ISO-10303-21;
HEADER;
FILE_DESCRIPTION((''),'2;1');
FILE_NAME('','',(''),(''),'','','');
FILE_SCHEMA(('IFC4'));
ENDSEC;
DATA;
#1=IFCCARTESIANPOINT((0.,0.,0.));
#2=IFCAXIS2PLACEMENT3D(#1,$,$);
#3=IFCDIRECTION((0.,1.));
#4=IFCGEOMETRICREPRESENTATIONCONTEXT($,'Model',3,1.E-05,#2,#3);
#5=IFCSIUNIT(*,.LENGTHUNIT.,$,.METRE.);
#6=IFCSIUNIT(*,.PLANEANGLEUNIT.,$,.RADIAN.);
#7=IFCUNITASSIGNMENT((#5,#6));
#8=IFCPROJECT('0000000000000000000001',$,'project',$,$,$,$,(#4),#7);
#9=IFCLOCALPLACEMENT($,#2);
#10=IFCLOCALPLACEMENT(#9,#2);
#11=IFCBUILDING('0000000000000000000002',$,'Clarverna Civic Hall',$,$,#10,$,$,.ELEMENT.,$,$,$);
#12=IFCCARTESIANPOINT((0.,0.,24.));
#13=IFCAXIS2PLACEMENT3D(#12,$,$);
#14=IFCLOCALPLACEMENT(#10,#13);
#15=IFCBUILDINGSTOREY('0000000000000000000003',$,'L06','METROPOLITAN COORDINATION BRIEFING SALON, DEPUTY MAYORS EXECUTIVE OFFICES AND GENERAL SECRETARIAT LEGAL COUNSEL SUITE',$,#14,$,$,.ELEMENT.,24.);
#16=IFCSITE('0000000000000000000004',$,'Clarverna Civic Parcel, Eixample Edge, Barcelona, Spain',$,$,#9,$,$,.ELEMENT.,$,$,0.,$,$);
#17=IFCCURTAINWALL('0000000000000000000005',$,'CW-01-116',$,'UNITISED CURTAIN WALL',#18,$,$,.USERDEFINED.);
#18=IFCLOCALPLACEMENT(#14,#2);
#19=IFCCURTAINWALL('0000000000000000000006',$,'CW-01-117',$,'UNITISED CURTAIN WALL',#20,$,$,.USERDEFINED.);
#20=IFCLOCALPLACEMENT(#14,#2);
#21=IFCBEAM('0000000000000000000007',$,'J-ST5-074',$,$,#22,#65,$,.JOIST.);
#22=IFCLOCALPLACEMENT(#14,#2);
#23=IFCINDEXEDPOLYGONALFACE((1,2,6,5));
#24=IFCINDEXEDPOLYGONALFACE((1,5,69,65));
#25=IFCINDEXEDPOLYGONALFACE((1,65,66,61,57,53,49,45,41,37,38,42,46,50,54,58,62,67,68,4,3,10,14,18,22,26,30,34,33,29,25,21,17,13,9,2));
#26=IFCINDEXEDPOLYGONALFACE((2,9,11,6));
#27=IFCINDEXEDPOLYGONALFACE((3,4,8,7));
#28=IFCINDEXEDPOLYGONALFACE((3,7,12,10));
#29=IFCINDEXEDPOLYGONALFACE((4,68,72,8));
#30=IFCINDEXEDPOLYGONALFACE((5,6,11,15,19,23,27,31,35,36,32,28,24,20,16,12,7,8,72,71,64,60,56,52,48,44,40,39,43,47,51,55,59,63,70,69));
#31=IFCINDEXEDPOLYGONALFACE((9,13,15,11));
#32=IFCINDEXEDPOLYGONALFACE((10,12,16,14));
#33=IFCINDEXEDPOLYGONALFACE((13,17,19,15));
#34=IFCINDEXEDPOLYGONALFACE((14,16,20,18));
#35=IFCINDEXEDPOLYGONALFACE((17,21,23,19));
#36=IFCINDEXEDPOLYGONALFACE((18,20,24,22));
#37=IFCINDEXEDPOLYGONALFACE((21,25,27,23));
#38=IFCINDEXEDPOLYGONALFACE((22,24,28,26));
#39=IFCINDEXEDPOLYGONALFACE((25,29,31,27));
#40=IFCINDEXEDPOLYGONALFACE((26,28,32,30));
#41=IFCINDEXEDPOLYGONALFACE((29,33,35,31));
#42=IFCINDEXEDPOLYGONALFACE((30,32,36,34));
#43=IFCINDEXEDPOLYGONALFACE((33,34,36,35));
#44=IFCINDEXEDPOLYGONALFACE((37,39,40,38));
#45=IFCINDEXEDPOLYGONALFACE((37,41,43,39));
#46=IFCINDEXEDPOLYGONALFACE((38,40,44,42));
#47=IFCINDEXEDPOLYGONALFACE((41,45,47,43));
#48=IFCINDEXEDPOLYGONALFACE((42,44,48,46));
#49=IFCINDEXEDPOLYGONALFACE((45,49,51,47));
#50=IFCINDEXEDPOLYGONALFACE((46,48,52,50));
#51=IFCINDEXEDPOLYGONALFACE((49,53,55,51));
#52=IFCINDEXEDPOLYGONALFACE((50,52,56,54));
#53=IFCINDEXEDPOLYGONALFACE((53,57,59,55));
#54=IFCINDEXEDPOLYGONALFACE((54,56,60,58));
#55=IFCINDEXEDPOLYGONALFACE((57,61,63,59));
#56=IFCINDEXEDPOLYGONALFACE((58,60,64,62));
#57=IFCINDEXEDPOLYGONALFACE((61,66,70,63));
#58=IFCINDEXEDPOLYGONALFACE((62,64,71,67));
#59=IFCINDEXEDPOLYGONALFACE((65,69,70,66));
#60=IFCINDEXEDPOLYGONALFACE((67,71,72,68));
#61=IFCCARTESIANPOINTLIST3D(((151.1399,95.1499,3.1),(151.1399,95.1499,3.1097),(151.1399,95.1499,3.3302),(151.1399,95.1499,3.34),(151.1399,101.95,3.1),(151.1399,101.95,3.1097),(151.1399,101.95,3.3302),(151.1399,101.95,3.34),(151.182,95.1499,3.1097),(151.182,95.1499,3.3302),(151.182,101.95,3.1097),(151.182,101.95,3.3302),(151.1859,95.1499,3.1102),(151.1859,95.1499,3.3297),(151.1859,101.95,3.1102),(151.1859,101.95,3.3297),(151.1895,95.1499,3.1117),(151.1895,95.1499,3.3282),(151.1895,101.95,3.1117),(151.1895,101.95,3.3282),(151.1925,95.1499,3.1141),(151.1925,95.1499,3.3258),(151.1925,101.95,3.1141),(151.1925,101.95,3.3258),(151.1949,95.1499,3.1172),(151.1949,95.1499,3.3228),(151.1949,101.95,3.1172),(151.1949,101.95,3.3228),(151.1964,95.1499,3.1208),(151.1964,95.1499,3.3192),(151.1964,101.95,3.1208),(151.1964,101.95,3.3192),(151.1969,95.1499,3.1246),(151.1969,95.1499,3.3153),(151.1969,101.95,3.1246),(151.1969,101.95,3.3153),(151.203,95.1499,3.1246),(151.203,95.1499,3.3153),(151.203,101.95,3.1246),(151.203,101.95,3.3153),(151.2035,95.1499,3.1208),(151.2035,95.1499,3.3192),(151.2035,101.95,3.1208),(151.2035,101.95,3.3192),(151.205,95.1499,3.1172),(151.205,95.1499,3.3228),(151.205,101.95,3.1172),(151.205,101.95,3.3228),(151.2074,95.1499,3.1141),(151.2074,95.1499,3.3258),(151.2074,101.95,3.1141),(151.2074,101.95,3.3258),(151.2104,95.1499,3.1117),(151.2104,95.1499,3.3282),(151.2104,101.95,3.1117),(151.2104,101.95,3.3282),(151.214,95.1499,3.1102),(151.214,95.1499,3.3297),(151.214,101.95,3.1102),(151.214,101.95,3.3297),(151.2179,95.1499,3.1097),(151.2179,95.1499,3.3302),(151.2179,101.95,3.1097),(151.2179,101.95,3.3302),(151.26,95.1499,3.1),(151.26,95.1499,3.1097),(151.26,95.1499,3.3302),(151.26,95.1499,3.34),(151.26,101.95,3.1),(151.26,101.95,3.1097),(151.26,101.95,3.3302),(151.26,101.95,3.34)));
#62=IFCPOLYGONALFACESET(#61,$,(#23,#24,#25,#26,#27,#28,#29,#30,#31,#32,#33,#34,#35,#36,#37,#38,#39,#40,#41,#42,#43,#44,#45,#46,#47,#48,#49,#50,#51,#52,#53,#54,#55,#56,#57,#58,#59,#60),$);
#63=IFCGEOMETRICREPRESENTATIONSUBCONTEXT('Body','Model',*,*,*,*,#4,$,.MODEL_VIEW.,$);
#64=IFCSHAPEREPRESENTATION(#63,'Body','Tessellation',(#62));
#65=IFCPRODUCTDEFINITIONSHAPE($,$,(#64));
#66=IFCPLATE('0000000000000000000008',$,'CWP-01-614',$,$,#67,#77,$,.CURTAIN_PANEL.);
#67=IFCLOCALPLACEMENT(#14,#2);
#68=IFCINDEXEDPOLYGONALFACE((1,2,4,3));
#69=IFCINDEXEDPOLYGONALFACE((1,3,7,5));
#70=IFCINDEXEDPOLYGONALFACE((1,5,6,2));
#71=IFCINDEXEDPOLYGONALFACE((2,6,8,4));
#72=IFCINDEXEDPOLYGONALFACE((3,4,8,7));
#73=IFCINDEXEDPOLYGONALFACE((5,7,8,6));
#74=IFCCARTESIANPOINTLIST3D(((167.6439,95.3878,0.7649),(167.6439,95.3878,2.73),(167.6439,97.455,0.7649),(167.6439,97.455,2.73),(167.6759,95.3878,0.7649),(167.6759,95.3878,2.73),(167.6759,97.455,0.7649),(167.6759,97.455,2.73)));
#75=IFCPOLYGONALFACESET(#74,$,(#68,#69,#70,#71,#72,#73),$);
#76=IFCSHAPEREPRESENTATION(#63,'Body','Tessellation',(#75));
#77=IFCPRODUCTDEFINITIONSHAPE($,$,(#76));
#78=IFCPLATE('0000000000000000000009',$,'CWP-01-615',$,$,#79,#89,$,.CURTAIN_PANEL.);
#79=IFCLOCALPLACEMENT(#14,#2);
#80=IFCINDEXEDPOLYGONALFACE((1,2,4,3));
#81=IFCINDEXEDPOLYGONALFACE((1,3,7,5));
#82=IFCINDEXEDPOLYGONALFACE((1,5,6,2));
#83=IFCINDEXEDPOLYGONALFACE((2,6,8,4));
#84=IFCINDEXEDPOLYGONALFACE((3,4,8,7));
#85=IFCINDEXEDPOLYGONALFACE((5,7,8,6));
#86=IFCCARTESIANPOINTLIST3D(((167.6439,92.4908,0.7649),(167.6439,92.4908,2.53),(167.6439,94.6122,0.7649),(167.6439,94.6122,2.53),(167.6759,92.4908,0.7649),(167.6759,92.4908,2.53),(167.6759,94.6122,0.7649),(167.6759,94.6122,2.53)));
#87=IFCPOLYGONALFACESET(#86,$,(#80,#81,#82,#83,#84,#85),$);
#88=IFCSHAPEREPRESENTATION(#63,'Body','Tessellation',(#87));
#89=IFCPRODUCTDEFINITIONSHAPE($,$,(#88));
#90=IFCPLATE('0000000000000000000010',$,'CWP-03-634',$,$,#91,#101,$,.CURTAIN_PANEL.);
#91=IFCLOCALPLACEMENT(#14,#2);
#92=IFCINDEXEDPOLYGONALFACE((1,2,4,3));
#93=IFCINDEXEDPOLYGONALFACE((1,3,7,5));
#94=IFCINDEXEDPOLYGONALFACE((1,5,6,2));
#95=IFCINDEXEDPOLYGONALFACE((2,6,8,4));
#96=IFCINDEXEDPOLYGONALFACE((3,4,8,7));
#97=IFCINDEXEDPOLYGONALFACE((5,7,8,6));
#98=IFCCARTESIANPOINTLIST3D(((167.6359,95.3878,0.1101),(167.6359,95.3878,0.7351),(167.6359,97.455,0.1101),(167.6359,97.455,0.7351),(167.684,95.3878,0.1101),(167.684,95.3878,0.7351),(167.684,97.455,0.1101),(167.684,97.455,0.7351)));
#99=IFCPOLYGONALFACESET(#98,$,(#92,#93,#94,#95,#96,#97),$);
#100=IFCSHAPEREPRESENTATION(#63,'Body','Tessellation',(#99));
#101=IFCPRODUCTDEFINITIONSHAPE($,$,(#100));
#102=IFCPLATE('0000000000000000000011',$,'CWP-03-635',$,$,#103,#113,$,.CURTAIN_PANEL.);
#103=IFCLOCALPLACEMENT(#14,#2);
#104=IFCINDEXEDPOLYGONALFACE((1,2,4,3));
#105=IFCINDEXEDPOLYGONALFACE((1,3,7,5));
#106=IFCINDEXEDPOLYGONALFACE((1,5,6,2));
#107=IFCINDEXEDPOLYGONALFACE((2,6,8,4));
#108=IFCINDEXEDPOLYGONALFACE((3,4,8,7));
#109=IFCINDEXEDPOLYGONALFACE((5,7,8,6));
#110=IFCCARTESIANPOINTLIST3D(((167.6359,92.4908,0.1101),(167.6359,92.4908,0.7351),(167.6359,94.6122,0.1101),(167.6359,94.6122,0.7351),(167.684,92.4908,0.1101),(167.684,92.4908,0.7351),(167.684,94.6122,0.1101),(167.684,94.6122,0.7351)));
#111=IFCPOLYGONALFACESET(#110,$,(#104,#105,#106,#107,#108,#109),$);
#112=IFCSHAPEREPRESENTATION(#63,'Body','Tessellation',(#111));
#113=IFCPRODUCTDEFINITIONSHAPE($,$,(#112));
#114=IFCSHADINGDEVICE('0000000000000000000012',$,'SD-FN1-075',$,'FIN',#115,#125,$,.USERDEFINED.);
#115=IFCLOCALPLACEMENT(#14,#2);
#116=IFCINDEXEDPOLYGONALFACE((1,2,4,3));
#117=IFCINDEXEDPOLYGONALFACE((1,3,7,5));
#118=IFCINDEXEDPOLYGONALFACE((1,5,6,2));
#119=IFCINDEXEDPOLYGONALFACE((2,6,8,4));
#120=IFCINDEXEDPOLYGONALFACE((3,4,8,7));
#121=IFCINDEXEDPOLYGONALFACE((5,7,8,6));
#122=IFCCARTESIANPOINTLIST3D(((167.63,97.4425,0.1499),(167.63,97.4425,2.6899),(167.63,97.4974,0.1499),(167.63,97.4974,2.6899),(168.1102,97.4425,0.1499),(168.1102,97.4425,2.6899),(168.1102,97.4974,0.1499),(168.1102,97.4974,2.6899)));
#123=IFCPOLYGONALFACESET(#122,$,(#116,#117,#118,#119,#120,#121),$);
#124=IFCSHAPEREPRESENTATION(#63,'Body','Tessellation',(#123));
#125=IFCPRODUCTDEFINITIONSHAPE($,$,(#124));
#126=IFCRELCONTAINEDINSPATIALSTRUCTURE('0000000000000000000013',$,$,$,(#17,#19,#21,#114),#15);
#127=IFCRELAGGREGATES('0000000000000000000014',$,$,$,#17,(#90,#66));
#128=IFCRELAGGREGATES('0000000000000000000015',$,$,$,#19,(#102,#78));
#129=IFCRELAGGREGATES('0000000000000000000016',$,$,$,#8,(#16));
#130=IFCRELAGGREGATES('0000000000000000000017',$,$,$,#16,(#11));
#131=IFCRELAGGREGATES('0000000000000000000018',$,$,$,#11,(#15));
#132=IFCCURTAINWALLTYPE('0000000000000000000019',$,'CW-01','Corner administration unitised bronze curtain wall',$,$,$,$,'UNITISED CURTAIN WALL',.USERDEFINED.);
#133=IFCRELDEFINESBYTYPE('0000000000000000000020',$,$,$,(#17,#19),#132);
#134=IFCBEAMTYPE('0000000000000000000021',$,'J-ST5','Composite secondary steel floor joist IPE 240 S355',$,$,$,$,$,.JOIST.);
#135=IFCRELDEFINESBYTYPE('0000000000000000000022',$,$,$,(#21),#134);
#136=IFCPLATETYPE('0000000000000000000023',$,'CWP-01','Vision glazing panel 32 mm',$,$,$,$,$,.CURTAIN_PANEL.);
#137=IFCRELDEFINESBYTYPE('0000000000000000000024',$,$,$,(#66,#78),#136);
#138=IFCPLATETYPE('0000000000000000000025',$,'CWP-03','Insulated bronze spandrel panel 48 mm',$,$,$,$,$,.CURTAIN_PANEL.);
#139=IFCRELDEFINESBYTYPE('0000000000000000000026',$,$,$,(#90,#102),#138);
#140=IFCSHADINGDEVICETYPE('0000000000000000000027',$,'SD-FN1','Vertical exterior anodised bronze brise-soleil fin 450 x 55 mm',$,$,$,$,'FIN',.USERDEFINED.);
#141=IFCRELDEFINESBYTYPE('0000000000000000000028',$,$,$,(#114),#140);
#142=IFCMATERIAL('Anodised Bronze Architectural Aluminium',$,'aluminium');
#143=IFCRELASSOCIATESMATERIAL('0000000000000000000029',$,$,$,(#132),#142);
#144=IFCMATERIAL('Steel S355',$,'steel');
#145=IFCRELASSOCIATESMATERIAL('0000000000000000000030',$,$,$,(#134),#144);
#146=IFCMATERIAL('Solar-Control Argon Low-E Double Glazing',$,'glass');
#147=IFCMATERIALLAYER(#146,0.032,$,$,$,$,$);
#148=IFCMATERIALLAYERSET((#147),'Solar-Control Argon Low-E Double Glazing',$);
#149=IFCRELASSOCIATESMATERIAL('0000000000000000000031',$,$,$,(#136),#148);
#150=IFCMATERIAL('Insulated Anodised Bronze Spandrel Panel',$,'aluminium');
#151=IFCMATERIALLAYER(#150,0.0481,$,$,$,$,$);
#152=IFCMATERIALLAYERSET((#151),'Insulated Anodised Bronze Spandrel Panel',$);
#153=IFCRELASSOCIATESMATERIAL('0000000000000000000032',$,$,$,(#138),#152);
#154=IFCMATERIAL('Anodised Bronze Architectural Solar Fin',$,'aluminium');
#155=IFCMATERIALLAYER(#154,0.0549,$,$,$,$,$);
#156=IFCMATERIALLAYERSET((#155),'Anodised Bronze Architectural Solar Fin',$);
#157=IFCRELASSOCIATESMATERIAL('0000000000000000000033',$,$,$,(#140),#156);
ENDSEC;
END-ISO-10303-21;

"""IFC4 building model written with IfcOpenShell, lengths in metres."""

from ifc_helpers import new_model, si_unit, direction, frame, frame_2d, origin, origin_2d, place, context, subcontext, project, spatial, rectangle, i_section, extrude, material, layer, layer_set, material_profile, profile_set, type_object, element, aggregate, save


model = new_model("IFC4")

# Units and contexts
model_context = context("Model", 3, precision=1e-05, world=origin(), true_north=direction((0.0, 1.0)))
body_context = subcontext(model_context, "Body", "Model", "MODEL_VIEW")
ifc_project = project(units=[si_unit("LENGTHUNIT", "METRE"), si_unit("PLANEANGLEUNIT", "RADIAN")], contexts=[model_context])

# Site, building, storey
site_placement = place(None, origin())
site = spatial("IfcSite", under=ifc_project, at=site_placement, Name="Clarverna Civic Parcel, Eixample Edge, Barcelona, Spain", CompositionType="ELEMENT", RefElevation=0.0)
building_placement = place(site_placement, origin())
building = spatial("IfcBuilding", under=site, at=building_placement, Name="Clarverna Civic Hall", CompositionType="ELEMENT")
storey_placement = place(building_placement, frame((0.0, 0.0, 24.0)))
storey = spatial("IfcBuildingStorey", under=building, at=storey_placement, Name="L06", Description="METROPOLITAN COORDINATION BRIEFING SALON, DEPUTY MAYORS EXECUTIVE OFFICES AND GENERAL SECRETARIAT LEGAL COUNSEL SUITE", CompositionType="ELEMENT", Elevation=24.0)

# Shared definitions
ifc_material_1 = material(Name="Steel S355", Category="steel")

# Curtain walls
ifc_material_2 = material(Name="Anodised Bronze Architectural Aluminium", Category="aluminium")
curtain_wall_type = type_object("IfcCurtainWallType", Name="CW-01", Description="Corner administration unitised bronze curtain wall", ElementType="UNITISED CURTAIN WALL", PredefinedType="USERDEFINED", material=ifc_material_2)
curtain_wall_1_placement = place(storey_placement, origin())
curtain_wall_1 = element("IfcCurtainWall", 1, at=curtain_wall_1_placement, inside=storey, type_object=curtain_wall_type, Name="CW-01-116", ObjectType="UNITISED CURTAIN WALL", PredefinedType="USERDEFINED")
curtain_wall_2_placement = place(storey_placement, origin())
curtain_wall_2 = element("IfcCurtainWall", 2, at=curtain_wall_2_placement, inside=storey, type_object=curtain_wall_type, Name="CW-01-117", ObjectType="UNITISED CURTAIN WALL", PredefinedType="USERDEFINED")

# Beam
ifc_material_profile_1 = material_profile(ifc_material_1, i_section(OverallWidth=0.1201, OverallDepth=0.24, WebThickness=0.0061, FlangeThickness=0.0098, FilletRadius=0.0149, at=origin_2d()), Name="IPE 240")
ifc_profile_set_1 = profile_set([ifc_material_profile_1], Name="Steel S355")
beam_type_1 = type_object("IfcBeamType", Name="J-ST5", Description="Composite secondary steel floor joist IPE 240 S355", PredefinedType="JOIST", material=ifc_profile_set_1)
beam_1_placement = place(storey_placement, frame((151.2, 95.1499, 3.22), z_axis=(0.0, 1.0, 0.0), x_axis=(-1.0, 0.0, 0.0)))
element("IfcBeam", 3, at=beam_1_placement, inside=storey, type_object=beam_type_1, Name="J-ST5-074", PredefinedType="JOIST", context=body_context, shape_type="SweptSolid", body=[
    extrude(i_section(OverallWidth=0.1201, OverallDepth=0.24, WebThickness=0.0061, FlangeThickness=0.0098, FilletRadius=0.0149, at=origin_2d()), origin(), (0.0, 0.0, 1.0), 6.8),
])

# Plates
ifc_material_3 = material(Name="Solar-Control Argon Low-E Double Glazing", Category="glass")
ifc_layer_1 = layer(ifc_material_3, 0.032)
ifc_layer_set_1 = layer_set([ifc_layer_1], Name="Solar-Control Argon Low-E Double Glazing")
plate_type_1 = type_object("IfcPlateType", Name="CWP-01", Description="Vision glazing panel 32 mm", PredefinedType="CURTAIN_PANEL", material=ifc_layer_set_1)
plate_1_placement = place(storey_placement, frame((167.6599, 97.4551, 0.7649), z_axis=(0.0, 0.0, 1.0), x_axis=(0.0, -1.0, 0.0)))
plate_1 = element("IfcPlate", 4, at=plate_1_placement, type_object=plate_type_1, Name="CWP-01-614", PredefinedType="CURTAIN_PANEL", context=body_context, shape_type="SweptSolid", body=[
    extrude(rectangle(XDim=2.0671, YDim=0.032, at=frame_2d((1.0337, 0.0))), origin(), (0.0, 0.0, 1.0), 1.9651),
])
plate_2_placement = place(storey_placement, frame((167.6599, 94.6121, 0.7649), z_axis=(0.0, 0.0, 1.0), x_axis=(0.0, -1.0, 0.0)))
plate_2 = element("IfcPlate", 5, at=plate_2_placement, type_object=plate_type_1, Name="CWP-01-615", PredefinedType="CURTAIN_PANEL", context=body_context, shape_type="SweptSolid", body=[
    extrude(rectangle(XDim=2.1213, YDim=0.032, at=frame_2d((1.0605, 0.0))), origin(), (0.0, 0.0, 1.0), 1.7651),
])
ifc_material_4 = material(Name="Insulated Anodised Bronze Spandrel Panel", Category="aluminium")
ifc_layer_2 = layer(ifc_material_4, 0.0481)
ifc_layer_set_2 = layer_set([ifc_layer_2], Name="Insulated Anodised Bronze Spandrel Panel")
plate_type_2 = type_object("IfcPlateType", Name="CWP-03", Description="Insulated bronze spandrel panel 48 mm", PredefinedType="CURTAIN_PANEL", material=ifc_layer_set_2)
plate_3_placement = place(storey_placement, frame((167.6599, 97.4551, 0.1101), z_axis=(0.0, 0.0, 1.0), x_axis=(0.0, -1.0, 0.0)))
plate_3 = element("IfcPlate", 6, at=plate_3_placement, type_object=plate_type_2, Name="CWP-03-634", PredefinedType="CURTAIN_PANEL", context=body_context, shape_type="SweptSolid", body=[
    extrude(rectangle(XDim=2.0671, YDim=0.0481, at=frame_2d((1.0337, 0.0))), origin(), (0.0, 0.0, 1.0), 0.625),
])
aggregate(curtain_wall_1, [plate_3, plate_1])
plate_4_placement = place(storey_placement, frame((167.6599, 94.6121, 0.1101), z_axis=(0.0, 0.0, 1.0), x_axis=(0.0, -1.0, 0.0)))
plate_4 = element("IfcPlate", 7, at=plate_4_placement, type_object=plate_type_2, Name="CWP-03-635", PredefinedType="CURTAIN_PANEL", context=body_context, shape_type="SweptSolid", body=[
    extrude(rectangle(XDim=2.1213, YDim=0.0481, at=frame_2d((1.0605, 0.0))), origin(), (0.0, 0.0, 1.0), 0.625),
])
aggregate(curtain_wall_2, [plate_4, plate_2])

# Shading device
ifc_material_5 = material(Name="Anodised Bronze Architectural Solar Fin", Category="aluminium")
ifc_layer_3 = layer(ifc_material_5, 0.0549)
ifc_layer_set_3 = layer_set([ifc_layer_3], Name="Anodised Bronze Architectural Solar Fin")
shading_device_type = type_object("IfcShadingDeviceType", Name="SD-FN1", Description="Vertical exterior anodised bronze brise-soleil fin 450 x 55 mm", ElementType="FIN", PredefinedType="USERDEFINED", material=ifc_layer_set_3)
shading_device_placement = place(storey_placement, frame((167.6299, 97.47, 0.1499), z_axis=(0.0, 0.0, 1.0), x_axis=(1.0, 0.0, 0.0)))
element("IfcShadingDevice", 8, at=shading_device_placement, inside=storey, type_object=shading_device_type, Name="SD-FN1-075", ObjectType="FIN", PredefinedType="USERDEFINED", context=body_context, shape_type="SweptSolid", body=[
    extrude(rectangle(XDim=0.4802, YDim=0.0549, at=frame_2d((0.2402, 0.0))), origin(), (0.0, 0.0, 1.0), 2.54),
])

save(model, "model.ifc")
